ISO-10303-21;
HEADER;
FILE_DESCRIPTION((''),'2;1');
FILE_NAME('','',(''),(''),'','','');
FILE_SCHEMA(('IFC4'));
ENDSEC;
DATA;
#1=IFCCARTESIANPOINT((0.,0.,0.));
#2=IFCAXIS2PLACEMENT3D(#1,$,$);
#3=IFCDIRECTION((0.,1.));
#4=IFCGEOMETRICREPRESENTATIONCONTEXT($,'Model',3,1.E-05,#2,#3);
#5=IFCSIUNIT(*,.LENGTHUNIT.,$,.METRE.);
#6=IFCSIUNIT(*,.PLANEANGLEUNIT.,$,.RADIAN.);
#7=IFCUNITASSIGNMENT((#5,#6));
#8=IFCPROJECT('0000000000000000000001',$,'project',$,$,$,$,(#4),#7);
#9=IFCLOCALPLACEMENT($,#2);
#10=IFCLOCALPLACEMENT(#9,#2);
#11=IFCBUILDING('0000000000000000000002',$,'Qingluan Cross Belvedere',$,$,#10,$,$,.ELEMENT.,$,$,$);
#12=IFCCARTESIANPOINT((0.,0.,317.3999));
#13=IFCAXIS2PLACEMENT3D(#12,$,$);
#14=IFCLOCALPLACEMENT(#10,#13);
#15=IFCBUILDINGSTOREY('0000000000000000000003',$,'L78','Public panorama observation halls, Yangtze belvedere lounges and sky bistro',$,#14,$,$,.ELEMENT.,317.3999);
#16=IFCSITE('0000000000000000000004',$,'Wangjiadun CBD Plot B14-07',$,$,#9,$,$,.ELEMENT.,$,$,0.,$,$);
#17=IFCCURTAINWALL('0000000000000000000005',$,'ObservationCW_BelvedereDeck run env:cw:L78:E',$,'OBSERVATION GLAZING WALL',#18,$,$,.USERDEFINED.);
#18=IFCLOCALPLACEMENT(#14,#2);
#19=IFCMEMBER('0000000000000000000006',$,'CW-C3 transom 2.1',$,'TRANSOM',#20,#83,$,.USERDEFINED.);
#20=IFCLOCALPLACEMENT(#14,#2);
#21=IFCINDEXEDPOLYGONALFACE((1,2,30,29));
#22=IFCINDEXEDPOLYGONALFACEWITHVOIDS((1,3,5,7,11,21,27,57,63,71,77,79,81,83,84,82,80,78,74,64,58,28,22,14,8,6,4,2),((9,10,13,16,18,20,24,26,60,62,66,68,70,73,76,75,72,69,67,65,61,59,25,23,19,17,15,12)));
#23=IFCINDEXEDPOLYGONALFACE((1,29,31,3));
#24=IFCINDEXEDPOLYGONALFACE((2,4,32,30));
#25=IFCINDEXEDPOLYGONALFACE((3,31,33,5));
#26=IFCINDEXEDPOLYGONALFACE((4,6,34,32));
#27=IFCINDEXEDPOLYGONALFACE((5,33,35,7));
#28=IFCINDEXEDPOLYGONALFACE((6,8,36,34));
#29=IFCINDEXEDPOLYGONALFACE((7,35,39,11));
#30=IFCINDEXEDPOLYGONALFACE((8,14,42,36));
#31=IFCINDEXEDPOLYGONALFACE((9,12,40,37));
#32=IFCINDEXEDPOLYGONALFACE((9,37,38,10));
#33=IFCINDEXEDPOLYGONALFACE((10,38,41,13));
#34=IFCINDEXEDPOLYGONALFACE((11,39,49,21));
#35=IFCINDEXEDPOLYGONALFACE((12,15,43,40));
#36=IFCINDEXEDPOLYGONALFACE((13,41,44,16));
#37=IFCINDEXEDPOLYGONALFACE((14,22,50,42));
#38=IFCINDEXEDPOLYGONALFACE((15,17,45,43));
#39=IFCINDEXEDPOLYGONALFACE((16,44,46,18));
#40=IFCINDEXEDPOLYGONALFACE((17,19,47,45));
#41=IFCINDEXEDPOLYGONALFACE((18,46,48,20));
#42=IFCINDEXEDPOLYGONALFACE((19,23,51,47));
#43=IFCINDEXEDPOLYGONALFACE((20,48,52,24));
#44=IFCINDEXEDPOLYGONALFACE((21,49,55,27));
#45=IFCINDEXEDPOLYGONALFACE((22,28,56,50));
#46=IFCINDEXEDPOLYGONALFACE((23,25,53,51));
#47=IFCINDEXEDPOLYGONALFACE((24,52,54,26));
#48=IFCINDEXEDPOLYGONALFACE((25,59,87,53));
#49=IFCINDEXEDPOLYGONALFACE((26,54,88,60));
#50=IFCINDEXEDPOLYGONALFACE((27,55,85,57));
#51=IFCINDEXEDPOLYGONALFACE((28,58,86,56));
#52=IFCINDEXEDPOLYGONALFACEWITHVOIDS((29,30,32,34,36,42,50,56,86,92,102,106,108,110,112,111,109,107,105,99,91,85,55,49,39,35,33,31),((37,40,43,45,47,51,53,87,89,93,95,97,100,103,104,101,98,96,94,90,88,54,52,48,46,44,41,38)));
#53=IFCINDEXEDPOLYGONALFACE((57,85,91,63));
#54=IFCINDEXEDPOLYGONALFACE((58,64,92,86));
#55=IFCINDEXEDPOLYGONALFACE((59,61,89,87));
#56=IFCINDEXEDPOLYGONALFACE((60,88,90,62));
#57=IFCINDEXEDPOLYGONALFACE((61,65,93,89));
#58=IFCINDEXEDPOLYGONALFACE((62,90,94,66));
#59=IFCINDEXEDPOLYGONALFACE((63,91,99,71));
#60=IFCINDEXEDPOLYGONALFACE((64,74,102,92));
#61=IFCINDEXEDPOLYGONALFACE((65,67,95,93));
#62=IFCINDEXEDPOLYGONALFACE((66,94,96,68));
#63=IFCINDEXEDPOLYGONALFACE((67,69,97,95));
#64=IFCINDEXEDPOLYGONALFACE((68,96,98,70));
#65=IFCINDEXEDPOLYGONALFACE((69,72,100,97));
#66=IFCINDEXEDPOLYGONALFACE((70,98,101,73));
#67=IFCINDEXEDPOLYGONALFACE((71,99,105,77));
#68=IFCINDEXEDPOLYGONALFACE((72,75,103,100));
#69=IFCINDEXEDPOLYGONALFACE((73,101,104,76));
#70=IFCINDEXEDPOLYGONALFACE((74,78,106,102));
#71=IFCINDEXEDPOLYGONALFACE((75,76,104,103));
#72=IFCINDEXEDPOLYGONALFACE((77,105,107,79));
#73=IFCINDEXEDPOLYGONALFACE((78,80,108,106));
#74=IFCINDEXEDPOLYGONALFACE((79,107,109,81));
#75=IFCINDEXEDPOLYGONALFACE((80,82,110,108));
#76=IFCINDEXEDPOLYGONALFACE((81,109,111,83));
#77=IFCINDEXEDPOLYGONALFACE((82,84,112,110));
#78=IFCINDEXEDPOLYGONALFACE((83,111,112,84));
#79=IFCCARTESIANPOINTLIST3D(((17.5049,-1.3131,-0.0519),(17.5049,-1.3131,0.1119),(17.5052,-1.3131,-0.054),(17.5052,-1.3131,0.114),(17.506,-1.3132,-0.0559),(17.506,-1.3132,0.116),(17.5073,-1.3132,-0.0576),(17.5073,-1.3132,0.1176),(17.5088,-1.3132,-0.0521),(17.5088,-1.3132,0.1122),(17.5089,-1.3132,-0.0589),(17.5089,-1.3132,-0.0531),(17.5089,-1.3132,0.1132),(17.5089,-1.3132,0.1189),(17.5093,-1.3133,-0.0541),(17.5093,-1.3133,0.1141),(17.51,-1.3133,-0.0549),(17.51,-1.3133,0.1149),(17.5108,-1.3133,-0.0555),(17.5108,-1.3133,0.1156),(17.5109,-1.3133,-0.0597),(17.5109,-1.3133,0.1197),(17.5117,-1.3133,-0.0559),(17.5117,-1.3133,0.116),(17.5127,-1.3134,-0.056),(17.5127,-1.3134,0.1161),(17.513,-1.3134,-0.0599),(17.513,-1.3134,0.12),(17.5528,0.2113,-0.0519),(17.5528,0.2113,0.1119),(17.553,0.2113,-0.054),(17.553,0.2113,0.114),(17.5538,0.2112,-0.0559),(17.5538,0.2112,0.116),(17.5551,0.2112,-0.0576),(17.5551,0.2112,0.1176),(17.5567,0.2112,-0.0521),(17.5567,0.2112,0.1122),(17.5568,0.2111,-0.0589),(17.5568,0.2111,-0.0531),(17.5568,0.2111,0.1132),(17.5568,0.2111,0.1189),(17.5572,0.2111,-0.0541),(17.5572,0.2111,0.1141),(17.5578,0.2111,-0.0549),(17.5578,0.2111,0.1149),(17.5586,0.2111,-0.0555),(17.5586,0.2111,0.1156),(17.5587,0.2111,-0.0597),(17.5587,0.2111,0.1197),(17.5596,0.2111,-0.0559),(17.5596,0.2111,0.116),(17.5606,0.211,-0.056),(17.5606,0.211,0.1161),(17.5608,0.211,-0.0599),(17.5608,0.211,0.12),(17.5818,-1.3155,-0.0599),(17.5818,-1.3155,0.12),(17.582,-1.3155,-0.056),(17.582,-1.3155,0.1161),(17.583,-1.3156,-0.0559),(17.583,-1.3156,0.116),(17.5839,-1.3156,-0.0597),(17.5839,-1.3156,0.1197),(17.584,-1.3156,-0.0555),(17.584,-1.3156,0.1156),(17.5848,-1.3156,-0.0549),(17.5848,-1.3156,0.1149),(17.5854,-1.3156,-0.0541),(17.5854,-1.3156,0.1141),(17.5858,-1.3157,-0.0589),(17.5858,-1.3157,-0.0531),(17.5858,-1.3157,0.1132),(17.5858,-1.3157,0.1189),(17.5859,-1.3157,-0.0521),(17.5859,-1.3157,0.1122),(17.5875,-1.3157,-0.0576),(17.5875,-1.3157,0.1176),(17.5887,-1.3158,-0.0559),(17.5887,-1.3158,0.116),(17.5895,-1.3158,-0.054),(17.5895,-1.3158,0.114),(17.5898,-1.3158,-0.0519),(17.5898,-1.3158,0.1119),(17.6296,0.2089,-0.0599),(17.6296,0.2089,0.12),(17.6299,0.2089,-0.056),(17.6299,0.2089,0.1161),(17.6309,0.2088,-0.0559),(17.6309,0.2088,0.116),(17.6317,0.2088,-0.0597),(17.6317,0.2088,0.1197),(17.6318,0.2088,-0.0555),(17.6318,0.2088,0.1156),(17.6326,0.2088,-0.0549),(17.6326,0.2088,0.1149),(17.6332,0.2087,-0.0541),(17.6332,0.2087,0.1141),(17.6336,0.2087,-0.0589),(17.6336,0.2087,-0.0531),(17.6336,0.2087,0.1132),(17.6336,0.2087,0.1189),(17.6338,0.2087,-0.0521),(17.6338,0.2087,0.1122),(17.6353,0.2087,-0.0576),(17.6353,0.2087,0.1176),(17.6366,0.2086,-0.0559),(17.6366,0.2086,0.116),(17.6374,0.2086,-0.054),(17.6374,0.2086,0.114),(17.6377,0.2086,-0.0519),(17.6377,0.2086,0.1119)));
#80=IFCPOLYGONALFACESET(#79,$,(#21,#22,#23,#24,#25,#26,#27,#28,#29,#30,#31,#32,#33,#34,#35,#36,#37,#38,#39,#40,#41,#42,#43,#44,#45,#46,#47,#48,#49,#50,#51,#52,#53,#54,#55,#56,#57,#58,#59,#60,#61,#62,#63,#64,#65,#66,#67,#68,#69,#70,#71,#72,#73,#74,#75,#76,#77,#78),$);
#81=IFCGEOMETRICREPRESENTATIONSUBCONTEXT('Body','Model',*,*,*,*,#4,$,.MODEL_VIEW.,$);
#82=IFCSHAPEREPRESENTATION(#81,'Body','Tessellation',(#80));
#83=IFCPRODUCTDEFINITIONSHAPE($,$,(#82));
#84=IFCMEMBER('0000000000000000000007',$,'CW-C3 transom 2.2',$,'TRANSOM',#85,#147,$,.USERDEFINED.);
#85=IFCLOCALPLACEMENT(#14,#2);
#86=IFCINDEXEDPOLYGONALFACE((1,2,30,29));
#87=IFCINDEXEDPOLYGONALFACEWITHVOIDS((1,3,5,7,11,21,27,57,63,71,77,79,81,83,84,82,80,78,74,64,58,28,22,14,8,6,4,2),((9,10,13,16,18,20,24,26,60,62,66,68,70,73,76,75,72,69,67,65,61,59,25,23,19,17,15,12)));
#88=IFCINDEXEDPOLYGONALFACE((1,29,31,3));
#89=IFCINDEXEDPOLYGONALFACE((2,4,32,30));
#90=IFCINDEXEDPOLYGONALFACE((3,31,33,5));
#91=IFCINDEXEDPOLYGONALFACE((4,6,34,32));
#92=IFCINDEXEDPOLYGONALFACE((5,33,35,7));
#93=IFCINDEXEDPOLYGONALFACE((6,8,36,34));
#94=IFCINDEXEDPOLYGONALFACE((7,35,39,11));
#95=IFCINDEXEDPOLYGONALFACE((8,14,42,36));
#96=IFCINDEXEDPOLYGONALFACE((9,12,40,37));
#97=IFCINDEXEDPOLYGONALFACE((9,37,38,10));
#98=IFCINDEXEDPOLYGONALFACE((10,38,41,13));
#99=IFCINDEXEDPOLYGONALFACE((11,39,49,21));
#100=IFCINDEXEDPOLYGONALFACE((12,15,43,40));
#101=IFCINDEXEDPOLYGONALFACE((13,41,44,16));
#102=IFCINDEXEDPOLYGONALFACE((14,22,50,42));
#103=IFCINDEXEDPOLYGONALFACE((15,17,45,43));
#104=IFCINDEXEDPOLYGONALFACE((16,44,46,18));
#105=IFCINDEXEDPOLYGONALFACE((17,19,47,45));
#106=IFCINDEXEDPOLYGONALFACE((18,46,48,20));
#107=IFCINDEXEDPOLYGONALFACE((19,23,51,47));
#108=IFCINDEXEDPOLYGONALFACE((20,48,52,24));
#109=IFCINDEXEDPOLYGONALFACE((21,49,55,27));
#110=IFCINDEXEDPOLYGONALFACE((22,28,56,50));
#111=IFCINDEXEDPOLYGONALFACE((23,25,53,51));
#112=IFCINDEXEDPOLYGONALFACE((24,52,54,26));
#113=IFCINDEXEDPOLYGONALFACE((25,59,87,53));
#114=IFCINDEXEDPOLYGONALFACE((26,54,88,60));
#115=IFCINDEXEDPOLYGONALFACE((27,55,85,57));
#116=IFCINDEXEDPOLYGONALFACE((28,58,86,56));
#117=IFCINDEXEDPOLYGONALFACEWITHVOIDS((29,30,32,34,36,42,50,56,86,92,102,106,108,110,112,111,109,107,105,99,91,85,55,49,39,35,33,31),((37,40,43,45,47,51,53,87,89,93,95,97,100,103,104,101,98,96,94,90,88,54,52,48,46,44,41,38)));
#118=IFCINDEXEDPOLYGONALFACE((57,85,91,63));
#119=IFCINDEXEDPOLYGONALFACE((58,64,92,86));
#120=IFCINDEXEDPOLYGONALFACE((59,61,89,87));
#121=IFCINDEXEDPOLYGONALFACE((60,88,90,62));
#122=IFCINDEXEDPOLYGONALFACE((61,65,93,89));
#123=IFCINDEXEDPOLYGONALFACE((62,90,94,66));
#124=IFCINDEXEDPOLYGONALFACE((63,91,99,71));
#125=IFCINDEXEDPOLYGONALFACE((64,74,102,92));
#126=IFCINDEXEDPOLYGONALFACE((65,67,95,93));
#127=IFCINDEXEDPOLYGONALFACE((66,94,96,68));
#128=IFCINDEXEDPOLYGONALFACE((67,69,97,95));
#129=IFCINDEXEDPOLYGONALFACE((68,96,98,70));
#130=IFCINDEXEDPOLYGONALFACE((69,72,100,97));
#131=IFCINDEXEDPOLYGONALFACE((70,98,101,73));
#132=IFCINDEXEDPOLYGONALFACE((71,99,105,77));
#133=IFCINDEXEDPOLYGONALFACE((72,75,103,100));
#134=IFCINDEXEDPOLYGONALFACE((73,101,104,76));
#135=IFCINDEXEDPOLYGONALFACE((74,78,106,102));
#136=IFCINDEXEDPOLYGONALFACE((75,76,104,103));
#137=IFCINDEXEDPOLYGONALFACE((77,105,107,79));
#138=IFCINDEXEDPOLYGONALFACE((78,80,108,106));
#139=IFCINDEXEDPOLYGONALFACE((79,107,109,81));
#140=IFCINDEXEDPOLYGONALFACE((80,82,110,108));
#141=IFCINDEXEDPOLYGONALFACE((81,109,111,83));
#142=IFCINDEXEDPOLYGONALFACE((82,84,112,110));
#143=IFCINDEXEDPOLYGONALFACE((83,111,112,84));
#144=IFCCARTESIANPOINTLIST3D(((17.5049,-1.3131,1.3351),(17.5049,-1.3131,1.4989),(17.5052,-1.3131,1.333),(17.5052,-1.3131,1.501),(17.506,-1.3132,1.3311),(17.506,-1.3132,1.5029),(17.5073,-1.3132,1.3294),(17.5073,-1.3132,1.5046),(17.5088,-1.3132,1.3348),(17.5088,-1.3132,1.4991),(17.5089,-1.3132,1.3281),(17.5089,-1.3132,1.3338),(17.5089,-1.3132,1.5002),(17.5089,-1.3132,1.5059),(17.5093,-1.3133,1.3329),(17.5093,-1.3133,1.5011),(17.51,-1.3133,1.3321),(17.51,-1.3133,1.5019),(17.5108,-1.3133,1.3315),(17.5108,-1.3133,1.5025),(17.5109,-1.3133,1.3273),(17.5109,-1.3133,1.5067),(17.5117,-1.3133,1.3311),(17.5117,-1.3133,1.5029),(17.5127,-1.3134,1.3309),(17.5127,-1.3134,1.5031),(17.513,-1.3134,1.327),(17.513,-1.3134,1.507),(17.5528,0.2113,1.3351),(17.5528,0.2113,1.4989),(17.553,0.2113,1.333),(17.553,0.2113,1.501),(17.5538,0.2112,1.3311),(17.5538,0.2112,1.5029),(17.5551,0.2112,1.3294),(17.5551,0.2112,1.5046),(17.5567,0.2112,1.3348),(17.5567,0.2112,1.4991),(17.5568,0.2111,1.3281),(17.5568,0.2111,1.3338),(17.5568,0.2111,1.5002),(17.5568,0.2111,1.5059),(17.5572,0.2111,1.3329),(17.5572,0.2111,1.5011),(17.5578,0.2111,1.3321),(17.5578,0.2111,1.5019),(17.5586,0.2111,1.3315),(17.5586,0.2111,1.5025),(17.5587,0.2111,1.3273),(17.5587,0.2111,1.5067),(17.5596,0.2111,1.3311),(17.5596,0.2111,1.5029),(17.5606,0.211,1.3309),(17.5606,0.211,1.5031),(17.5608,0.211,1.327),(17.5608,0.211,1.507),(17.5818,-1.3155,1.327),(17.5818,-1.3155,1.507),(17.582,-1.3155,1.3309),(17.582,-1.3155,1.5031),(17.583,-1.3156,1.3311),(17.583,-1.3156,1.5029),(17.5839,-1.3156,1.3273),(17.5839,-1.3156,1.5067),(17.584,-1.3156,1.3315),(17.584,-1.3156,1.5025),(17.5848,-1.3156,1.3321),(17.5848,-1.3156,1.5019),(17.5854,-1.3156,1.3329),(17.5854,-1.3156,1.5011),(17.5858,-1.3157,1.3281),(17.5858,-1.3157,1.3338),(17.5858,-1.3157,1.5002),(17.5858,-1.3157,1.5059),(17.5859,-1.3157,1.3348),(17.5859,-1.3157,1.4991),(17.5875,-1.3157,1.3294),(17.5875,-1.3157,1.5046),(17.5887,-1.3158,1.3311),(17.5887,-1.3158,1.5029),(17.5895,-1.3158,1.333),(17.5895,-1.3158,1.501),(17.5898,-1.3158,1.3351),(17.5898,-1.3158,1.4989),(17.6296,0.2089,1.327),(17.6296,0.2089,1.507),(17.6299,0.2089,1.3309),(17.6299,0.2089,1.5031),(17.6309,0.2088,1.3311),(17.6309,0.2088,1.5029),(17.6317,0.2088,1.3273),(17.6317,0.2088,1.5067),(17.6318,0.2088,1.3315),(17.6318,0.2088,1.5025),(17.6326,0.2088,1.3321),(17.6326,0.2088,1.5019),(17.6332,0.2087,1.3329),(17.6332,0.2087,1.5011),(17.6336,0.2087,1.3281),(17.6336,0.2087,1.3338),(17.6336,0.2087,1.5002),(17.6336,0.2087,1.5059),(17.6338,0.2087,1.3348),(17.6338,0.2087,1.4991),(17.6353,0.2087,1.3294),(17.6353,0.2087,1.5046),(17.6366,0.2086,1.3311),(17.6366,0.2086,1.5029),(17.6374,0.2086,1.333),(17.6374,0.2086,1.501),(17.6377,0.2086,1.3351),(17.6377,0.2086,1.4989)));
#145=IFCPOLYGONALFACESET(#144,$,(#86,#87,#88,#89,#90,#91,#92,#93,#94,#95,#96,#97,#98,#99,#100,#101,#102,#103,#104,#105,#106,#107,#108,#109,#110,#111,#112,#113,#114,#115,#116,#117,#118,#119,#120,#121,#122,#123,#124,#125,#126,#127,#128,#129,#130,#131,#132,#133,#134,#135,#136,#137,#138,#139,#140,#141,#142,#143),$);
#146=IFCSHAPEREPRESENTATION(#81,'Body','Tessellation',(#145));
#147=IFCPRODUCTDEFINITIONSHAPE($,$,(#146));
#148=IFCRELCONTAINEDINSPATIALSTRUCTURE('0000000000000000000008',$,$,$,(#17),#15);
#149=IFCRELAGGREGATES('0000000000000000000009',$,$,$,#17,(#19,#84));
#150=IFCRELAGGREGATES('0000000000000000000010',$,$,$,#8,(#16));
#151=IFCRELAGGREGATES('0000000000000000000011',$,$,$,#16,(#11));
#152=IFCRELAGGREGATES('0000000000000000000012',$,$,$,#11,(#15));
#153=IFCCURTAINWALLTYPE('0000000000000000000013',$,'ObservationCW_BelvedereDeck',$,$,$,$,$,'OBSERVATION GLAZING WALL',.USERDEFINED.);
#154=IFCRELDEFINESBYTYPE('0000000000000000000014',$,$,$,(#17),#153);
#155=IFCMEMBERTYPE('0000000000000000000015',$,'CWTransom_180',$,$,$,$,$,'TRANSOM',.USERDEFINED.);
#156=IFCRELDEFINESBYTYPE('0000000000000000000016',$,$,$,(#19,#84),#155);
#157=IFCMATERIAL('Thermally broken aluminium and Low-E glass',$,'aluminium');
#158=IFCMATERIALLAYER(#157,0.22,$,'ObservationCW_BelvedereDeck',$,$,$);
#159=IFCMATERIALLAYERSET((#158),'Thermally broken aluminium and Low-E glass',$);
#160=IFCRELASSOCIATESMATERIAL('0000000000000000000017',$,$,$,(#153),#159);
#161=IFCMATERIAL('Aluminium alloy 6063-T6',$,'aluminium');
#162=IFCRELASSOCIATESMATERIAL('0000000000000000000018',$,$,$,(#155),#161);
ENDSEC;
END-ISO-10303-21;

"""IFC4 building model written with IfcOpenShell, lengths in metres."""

from ifc_helpers import new_model, si_unit, direction, frame, origin, origin_2d, place, context, subcontext, project, spatial, hollow_rectangle, extrude, material, layer, layer_set, material_profile, profile_set, type_object, element, aggregate, save


model = new_model("IFC4")

# Units and contexts
model_context = context("Model", 3, precision=1e-05, world=origin(), true_north=direction((0.0, 1.0)))
body_context = subcontext(model_context, "Body", "Model", "MODEL_VIEW")
ifc_project = project(units=[si_unit("LENGTHUNIT", "METRE"), si_unit("PLANEANGLEUNIT", "RADIAN")], contexts=[model_context])

# Site, building, storey
site_placement = place(None, origin())
site = spatial("IfcSite", under=ifc_project, at=site_placement, Name="Wangjiadun CBD Plot B14-07", CompositionType="ELEMENT", RefElevation=0.0)
building_placement = place(site_placement, origin())
building = spatial("IfcBuilding", under=site, at=building_placement, Name="Qingluan Cross Belvedere", CompositionType="ELEMENT")
storey_placement = place(building_placement, frame((0.0, 0.0, 317.3999)))
storey = spatial("IfcBuildingStorey", under=building, at=storey_placement, Name="L78", Description="Public panorama observation halls, Yangtze belvedere lounges and sky bistro", CompositionType="ELEMENT", Elevation=317.3999)

# Curtain wall, members
ifc_material_1 = material(Name="Thermally broken aluminium and Low-E glass", Category="aluminium")
ifc_layer_1 = layer(ifc_material_1, 0.22, Name="ObservationCW_BelvedereDeck")
ifc_layer_set_1 = layer_set([ifc_layer_1], Name="Thermally broken aluminium and Low-E glass")
curtain_wall_type = type_object("IfcCurtainWallType", Name="ObservationCW_BelvedereDeck", ElementType="OBSERVATION GLAZING WALL", PredefinedType="USERDEFINED", material=ifc_layer_set_1)
curtain_wall_placement = place(storey_placement, origin())
curtain_wall = element("IfcCurtainWall", 1, at=curtain_wall_placement, inside=storey, type_object=curtain_wall_type, Name="ObservationCW_BelvedereDeck run env:cw:L78:E", ObjectType="OBSERVATION GLAZING WALL", PredefinedType="USERDEFINED")
ifc_material_2 = material(Name="Aluminium alloy 6063-T6", Category="aluminium")
ifc_material_profile_1 = material_profile(ifc_material_2, hollow_rectangle(XDim=0.085, YDim=0.1799, WallThickness=0.0039, InnerFilletRadius=0.0039, OuterFilletRadius=0.0081, at=origin_2d()), Name="CWT180x85x4")
ifc_profile_set_1 = profile_set([ifc_material_profile_1], Name="Aluminium alloy 6063-T6")
member_type_1 = type_object("IfcMemberType", Name="CWTransom_180", ElementType="TRANSOM", PredefinedType="USERDEFINED", material=ifc_profile_set_1)
member_1_placement = place(storey_placement, frame((17.5474, -1.3145, 0.03), z_axis=(0.031375, 0.999508, 0.0), x_axis=(-0.999508, 0.031375, 0.0)))
member_1 = element("IfcMember", 2, at=member_1_placement, type_object=member_type_1, Name="CW-C3 transom 2.1", ObjectType="TRANSOM", PredefinedType="USERDEFINED", context=body_context, shape_type="SweptSolid", body=[
    extrude(hollow_rectangle(XDim=0.085, YDim=0.1799, WallThickness=0.0039, InnerFilletRadius=0.0039, OuterFilletRadius=0.0081, at=origin_2d()), origin(), (0.0, 0.0, 1.0), 1.5251),
])
member_2_placement = place(storey_placement, frame((17.5474, -1.3145, 1.417), z_axis=(0.031375, 0.999508, 0.0), x_axis=(-0.999508, 0.031375, 0.0)))
member_2 = element("IfcMember", 3, at=member_2_placement, type_object=member_type_1, Name="CW-C3 transom 2.2", ObjectType="TRANSOM", PredefinedType="USERDEFINED", context=body_context, shape_type="SweptSolid", body=[
    extrude(hollow_rectangle(XDim=0.085, YDim=0.1799, WallThickness=0.0039, InnerFilletRadius=0.0039, OuterFilletRadius=0.0081, at=origin_2d()), origin(), (0.0, 0.0, 1.0), 1.5251),
])
aggregate(curtain_wall, [member_1, member_2])

save(model, "model.ifc")
